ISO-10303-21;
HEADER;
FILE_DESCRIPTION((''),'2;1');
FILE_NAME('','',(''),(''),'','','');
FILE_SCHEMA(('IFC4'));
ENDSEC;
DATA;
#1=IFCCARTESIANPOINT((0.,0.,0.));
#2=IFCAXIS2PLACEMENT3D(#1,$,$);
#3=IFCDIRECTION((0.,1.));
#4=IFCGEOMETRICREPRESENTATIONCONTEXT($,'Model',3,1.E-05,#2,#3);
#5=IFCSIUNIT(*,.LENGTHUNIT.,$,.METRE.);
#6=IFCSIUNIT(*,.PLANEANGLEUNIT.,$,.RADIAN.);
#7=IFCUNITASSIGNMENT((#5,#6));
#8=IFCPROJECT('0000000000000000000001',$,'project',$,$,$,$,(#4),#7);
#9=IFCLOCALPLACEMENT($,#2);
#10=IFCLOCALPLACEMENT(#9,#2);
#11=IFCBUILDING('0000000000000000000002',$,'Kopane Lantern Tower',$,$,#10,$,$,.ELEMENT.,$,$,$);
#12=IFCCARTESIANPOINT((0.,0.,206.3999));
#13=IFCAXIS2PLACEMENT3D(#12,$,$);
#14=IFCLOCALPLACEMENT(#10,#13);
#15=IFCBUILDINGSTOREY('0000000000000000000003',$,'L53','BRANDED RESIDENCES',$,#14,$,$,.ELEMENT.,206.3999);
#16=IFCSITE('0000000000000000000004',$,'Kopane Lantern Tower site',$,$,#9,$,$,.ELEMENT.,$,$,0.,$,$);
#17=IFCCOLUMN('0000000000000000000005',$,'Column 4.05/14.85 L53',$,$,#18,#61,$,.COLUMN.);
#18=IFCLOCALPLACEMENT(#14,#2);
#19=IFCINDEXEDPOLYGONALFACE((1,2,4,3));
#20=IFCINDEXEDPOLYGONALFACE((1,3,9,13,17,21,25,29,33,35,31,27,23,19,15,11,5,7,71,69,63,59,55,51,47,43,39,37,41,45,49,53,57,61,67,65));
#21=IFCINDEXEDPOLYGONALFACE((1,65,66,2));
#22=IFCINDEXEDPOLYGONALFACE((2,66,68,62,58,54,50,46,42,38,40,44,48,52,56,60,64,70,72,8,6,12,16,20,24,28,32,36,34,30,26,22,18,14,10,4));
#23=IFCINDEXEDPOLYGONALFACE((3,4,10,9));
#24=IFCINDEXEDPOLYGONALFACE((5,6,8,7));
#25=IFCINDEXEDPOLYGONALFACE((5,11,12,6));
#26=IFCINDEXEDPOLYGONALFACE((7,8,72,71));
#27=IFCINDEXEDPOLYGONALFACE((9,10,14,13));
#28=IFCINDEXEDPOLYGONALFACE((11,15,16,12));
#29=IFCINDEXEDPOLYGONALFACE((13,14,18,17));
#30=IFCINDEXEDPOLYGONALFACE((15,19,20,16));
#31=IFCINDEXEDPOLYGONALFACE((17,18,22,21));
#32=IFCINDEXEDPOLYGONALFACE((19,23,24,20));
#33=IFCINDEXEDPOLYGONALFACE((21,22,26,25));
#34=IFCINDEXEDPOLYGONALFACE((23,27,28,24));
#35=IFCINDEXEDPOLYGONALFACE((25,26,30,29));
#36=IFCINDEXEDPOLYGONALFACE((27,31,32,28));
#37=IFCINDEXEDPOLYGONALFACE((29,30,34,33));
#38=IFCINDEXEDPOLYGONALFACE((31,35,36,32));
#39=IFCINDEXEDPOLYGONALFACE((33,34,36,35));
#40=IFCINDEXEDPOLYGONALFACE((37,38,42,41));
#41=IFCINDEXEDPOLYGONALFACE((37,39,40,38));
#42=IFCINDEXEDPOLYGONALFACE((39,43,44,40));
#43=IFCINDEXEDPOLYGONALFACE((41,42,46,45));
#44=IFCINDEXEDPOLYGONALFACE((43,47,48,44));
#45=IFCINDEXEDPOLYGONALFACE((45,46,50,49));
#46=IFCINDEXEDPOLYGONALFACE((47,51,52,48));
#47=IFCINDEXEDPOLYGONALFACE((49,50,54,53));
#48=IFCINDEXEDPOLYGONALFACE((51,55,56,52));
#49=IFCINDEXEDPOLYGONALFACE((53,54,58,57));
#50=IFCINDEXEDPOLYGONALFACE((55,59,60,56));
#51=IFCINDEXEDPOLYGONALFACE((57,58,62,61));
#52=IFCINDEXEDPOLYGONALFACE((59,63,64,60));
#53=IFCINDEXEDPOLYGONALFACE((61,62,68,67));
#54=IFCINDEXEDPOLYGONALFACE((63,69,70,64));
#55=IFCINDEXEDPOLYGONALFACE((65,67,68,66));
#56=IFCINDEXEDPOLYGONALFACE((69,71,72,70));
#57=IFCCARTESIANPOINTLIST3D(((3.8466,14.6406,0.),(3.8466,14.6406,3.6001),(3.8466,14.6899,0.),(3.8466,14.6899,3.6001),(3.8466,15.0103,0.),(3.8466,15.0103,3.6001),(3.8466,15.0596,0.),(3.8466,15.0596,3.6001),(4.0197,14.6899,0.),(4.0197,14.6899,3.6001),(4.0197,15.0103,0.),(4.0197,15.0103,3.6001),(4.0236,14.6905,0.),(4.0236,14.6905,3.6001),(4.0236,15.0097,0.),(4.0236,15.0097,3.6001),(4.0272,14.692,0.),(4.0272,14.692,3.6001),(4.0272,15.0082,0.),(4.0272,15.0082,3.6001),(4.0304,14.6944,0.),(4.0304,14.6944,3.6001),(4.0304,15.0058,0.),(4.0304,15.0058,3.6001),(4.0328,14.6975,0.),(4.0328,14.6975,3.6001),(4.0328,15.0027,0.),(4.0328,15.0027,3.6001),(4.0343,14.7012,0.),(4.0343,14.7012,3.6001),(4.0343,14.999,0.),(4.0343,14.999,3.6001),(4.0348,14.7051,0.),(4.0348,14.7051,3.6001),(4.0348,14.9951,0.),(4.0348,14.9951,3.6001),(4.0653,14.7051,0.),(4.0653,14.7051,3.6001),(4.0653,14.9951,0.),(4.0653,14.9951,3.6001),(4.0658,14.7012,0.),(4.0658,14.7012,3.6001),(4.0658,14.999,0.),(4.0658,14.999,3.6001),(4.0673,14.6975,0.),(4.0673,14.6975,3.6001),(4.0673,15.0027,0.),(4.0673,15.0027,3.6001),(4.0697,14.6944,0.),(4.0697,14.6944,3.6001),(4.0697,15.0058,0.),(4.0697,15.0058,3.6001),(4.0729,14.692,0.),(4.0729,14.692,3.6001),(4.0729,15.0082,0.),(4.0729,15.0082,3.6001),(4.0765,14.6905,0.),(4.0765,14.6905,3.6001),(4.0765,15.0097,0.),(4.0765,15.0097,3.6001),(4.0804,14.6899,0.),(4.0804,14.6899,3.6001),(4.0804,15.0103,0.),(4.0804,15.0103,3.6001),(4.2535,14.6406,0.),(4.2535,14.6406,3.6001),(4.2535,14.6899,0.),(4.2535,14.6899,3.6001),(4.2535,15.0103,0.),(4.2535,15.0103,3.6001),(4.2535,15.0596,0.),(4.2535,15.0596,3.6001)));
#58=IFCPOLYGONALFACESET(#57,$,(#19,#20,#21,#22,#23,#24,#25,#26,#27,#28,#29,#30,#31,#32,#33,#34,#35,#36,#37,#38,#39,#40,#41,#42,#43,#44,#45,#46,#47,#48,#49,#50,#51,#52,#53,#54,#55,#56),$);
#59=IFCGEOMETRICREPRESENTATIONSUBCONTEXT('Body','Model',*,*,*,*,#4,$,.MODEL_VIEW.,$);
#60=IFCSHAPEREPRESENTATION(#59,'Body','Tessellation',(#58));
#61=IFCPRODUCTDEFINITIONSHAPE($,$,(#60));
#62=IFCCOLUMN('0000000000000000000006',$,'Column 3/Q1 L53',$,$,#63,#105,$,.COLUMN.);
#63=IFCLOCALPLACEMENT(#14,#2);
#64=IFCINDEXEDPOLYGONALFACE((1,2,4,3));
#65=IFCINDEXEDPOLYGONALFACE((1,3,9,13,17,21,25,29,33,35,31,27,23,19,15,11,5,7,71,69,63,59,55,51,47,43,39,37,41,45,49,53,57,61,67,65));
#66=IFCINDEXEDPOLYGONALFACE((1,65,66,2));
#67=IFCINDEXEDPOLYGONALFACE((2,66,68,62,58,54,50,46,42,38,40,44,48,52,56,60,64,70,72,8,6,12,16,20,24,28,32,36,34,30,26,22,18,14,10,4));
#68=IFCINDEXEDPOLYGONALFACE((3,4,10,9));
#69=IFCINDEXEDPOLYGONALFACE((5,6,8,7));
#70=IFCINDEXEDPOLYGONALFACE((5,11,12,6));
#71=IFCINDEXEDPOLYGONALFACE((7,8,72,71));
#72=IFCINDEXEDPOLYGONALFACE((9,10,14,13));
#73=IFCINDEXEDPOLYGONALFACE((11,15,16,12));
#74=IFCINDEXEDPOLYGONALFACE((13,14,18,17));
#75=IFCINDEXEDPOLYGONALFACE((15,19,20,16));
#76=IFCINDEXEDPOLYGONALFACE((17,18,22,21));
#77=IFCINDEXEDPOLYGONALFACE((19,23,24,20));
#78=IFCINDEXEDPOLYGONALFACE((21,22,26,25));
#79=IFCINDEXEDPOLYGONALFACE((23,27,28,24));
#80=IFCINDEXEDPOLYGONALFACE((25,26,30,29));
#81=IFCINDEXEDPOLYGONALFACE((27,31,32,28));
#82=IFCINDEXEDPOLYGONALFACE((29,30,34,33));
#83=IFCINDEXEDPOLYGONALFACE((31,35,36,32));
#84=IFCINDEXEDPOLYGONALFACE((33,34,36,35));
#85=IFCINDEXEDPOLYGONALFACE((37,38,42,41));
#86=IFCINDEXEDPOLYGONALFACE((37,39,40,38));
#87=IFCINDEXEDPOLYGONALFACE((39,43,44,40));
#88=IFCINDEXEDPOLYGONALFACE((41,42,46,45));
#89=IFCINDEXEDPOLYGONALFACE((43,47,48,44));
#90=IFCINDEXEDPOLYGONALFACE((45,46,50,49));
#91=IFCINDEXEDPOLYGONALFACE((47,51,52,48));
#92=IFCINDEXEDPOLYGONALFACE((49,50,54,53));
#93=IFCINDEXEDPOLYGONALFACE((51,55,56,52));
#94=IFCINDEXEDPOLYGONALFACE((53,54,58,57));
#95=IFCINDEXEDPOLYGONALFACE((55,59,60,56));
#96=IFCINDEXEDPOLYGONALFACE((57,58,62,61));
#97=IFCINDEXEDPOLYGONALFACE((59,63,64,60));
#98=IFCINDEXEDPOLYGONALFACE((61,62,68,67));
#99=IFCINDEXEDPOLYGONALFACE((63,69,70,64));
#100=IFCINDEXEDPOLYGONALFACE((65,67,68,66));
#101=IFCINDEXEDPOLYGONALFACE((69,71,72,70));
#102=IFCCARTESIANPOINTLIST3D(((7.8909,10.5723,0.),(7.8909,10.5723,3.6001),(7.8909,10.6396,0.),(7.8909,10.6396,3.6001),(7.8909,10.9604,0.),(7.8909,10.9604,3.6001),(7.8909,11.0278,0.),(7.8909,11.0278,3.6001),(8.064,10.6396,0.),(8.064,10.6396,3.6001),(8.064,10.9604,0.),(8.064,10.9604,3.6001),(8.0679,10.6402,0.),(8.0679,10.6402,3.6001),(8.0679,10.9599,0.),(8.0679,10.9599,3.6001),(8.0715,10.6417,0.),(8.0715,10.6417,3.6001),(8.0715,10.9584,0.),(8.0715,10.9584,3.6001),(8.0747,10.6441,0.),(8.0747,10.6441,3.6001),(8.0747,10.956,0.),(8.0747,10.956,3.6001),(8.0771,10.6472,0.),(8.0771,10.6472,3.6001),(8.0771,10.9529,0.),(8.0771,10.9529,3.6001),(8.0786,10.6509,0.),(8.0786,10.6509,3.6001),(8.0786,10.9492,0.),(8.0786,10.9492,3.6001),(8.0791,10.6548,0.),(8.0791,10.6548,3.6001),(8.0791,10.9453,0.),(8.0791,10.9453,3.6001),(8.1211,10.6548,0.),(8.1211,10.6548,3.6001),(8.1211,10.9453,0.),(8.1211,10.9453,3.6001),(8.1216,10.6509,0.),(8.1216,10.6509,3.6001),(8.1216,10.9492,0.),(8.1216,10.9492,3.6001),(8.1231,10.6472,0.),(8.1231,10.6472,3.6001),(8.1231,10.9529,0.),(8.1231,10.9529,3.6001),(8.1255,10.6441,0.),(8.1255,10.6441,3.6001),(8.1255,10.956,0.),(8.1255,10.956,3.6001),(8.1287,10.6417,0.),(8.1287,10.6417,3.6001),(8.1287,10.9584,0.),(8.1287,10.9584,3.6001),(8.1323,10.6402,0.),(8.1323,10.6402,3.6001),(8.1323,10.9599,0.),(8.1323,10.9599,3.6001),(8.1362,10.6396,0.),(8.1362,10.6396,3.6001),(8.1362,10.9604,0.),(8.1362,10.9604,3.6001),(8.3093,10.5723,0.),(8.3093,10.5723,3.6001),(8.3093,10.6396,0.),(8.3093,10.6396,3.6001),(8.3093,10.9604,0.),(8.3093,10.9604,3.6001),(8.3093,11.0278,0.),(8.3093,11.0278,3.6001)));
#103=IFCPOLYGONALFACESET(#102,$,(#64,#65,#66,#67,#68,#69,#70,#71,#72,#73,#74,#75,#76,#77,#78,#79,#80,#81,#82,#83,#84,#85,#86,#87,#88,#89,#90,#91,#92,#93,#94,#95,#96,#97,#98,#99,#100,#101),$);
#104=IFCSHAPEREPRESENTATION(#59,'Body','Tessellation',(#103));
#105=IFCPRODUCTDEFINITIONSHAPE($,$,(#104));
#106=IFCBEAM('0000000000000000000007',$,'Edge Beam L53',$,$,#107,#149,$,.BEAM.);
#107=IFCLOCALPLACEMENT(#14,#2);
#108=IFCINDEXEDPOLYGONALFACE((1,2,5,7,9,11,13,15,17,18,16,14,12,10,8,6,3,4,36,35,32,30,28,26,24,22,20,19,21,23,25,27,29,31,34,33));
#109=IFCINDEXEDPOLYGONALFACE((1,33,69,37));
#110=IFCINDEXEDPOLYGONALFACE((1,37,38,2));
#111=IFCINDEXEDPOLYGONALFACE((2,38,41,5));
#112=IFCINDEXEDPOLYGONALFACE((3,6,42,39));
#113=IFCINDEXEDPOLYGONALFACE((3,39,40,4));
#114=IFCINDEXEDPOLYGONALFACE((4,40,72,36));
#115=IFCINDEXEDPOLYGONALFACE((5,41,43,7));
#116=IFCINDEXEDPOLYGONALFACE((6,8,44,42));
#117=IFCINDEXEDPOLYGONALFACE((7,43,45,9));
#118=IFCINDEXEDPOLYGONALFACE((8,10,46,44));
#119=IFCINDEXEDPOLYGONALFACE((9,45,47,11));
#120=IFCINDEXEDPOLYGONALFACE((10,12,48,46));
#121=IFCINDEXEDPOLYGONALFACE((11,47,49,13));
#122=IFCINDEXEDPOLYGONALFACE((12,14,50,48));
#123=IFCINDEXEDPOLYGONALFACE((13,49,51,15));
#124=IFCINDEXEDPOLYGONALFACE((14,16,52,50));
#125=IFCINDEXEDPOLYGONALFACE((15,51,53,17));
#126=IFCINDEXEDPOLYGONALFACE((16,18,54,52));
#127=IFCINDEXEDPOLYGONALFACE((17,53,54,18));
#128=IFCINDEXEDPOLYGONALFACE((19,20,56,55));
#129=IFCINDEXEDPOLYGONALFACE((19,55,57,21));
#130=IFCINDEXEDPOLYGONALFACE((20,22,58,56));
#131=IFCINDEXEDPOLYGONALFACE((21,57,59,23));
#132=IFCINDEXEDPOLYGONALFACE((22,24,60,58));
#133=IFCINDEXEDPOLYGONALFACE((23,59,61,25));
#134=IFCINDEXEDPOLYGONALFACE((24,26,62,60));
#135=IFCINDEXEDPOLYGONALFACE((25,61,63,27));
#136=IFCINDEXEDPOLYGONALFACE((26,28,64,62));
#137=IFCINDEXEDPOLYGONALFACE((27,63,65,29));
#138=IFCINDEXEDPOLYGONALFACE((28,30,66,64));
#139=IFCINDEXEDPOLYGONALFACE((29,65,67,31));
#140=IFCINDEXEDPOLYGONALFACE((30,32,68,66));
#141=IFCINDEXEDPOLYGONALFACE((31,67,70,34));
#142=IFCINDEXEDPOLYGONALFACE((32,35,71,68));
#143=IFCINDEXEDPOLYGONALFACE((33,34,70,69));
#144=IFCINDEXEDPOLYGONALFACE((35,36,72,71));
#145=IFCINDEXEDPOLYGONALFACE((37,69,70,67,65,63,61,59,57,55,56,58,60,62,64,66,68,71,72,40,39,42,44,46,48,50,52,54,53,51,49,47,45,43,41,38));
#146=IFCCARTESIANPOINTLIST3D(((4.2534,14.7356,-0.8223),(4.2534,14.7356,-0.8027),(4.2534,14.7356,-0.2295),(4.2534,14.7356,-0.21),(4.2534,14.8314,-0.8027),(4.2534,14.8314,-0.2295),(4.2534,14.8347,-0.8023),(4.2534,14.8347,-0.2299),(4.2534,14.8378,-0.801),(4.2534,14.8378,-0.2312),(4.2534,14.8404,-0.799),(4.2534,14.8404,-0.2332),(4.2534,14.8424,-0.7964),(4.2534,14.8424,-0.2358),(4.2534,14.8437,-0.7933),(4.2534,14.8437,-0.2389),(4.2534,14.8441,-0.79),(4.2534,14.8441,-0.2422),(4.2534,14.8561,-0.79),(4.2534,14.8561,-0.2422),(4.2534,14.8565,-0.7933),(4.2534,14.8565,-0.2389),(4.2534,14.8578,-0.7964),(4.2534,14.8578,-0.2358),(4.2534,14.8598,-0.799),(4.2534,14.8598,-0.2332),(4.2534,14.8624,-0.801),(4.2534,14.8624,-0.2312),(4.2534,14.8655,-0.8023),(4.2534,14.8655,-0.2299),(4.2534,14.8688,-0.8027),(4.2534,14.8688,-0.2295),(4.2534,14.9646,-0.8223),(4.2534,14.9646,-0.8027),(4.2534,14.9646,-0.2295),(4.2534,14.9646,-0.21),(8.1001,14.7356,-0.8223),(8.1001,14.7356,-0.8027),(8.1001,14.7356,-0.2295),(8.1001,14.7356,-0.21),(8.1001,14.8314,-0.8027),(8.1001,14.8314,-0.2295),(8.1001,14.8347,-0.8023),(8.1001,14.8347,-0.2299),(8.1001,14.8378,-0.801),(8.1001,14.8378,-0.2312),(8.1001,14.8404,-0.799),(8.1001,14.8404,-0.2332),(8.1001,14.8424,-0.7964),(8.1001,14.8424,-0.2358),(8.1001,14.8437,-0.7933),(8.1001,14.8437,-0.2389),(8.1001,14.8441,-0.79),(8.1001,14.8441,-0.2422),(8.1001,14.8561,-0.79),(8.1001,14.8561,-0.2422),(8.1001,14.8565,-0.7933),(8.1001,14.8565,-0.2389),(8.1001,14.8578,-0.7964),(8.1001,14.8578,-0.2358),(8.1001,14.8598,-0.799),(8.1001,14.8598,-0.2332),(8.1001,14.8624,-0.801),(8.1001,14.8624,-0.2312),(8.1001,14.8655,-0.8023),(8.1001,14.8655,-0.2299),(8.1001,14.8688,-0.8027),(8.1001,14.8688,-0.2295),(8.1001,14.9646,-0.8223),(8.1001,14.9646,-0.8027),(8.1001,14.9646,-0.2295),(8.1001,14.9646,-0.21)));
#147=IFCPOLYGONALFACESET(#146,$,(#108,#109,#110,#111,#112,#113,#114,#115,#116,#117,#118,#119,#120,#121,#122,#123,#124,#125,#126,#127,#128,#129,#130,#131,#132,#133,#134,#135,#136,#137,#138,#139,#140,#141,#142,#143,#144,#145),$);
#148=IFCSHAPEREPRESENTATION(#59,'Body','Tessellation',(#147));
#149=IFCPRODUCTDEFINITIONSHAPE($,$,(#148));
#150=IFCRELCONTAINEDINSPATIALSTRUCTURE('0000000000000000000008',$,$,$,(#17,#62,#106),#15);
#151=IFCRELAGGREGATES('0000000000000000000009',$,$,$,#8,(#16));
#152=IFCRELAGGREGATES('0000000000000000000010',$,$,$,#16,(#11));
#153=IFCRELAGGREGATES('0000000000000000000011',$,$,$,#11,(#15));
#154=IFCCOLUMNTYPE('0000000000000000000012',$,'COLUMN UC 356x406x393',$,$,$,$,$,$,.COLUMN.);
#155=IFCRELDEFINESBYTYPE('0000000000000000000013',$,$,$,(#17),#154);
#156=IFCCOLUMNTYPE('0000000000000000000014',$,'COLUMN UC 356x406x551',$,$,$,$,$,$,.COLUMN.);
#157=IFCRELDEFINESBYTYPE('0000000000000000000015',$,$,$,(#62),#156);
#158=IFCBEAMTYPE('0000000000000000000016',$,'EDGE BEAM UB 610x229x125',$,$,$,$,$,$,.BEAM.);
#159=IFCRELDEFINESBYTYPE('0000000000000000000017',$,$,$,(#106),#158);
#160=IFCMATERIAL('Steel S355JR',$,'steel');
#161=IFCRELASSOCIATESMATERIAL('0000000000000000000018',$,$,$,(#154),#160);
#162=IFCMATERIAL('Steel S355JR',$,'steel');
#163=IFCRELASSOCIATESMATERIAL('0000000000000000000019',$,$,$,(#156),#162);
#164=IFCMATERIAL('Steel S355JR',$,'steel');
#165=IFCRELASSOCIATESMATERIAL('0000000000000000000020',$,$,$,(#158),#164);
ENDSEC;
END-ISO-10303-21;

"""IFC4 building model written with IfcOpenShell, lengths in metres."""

from ifc_helpers import new_model, si_unit, direction, frame, origin, origin_2d, place, context, subcontext, project, spatial, i_section, extrude, material, material_profile, profile_set, type_object, element, save


model = new_model("IFC4")

# Units and contexts
model_context = context("Model", 3, precision=1e-05, world=origin(), true_north=direction((0.0, 1.0)))
body_context = subcontext(model_context, "Body", "Model", "MODEL_VIEW")
ifc_project = project(units=[si_unit("LENGTHUNIT", "METRE"), si_unit("PLANEANGLEUNIT", "RADIAN")], contexts=[model_context])

# Site, building, storey
site_placement = place(None, origin())
site = spatial("IfcSite", under=ifc_project, at=site_placement, Name="Kopane Lantern Tower site", CompositionType="ELEMENT", RefElevation=0.0)
building_placement = place(site_placement, origin())
building = spatial("IfcBuilding", under=site, at=building_placement, Name="Kopane Lantern Tower", CompositionType="ELEMENT")
storey_placement = place(building_placement, frame((0.0, 0.0, 206.3999)))
storey = spatial("IfcBuildingStorey", under=building, at=storey_placement, Name="L53", Description="BRANDED RESIDENCES", CompositionType="ELEMENT", Elevation=206.3999)

# Columns
ifc_material_1 = material(Name="Steel S355JR", Category="steel")
ifc_material_profile_1 = material_profile(ifc_material_1, i_section(OverallWidth=0.407, OverallDepth=0.4189, WebThickness=0.0305, FlangeThickness=0.0493, FilletRadius=0.0151, at=origin_2d()), Name="UC 356x406x393")
ifc_profile_set_1 = profile_set([ifc_material_profile_1], Name="Steel S355JR")
column_type_1 = type_object("IfcColumnType", Name="COLUMN UC 356x406x393", PredefinedType="COLUMN", material=ifc_profile_set_1)
column_1_placement = place(storey_placement, frame((4.05, 14.8501, 0.0), z_axis=(0.0, 0.0, 1.0), x_axis=(1.0, 0.0, 0.0)))
element("IfcColumn", 1, at=column_1_placement, inside=storey, type_object=column_type_1, Name="Column 4.05/14.85 L53", PredefinedType="COLUMN", context=body_context, shape_type="SweptSolid", body=[
    extrude(i_section(OverallWidth=0.407, OverallDepth=0.4189, WebThickness=0.0305, FlangeThickness=0.0493, FilletRadius=0.0151, at=origin_2d()), origin(), (0.0, 0.0, 1.0), 3.6001),
])
ifc_material_2 = material(Name="Steel S355JR", Category="steel")
ifc_material_profile_2 = material_profile(ifc_material_2, i_section(OverallWidth=0.4185, OverallDepth=0.4556, WebThickness=0.042, FlangeThickness=0.0674, FilletRadius=0.0151, at=origin_2d()), Name="UC 356x406x551")
ifc_profile_set_2 = profile_set([ifc_material_profile_2], Name="Steel S355JR")
column_type_2 = type_object("IfcColumnType", Name="COLUMN UC 356x406x551", PredefinedType="COLUMN", material=ifc_profile_set_2)
column_2_placement = place(storey_placement, frame((8.1001, 10.8, 0.0), z_axis=(0.0, 0.0, 1.0), x_axis=(1.0, 0.0, 0.0)))
element("IfcColumn", 2, at=column_2_placement, inside=storey, type_object=column_type_2, Name="Column 3/Q1 L53", PredefinedType="COLUMN", context=body_context, shape_type="SweptSolid", body=[
    extrude(i_section(OverallWidth=0.4185, OverallDepth=0.4556, WebThickness=0.042, FlangeThickness=0.0674, FilletRadius=0.0151, at=origin_2d()), origin(), (0.0, 0.0, 1.0), 3.6001),
])

# Beam
ifc_material_3 = material(Name="Steel S355JR", Category="steel")
ifc_material_profile_3 = material_profile(ifc_material_3, i_section(OverallWidth=0.229, OverallDepth=0.6123, WebThickness=0.012, FlangeThickness=0.0195, FilletRadius=0.0127, at=origin_2d()), Name="UB 610x229x125")
ifc_profile_set_3 = profile_set([ifc_material_profile_3], Name="Steel S355JR")
beam_type_1 = type_object("IfcBeamType", Name="EDGE BEAM UB 610x229x125", PredefinedType="BEAM", material=ifc_profile_set_3)
beam_placement = place(storey_placement, frame((4.2534, 14.8501, -0.5161), z_axis=(1.0, 0.0, 0.0), x_axis=(0.0, 1.0, 0.0)))
element("IfcBeam", 3, at=beam_placement, inside=storey, type_object=beam_type_1, Name="Edge Beam L53", PredefinedType="BEAM", context=body_context, shape_type="SweptSolid", body=[
    extrude(i_section(OverallWidth=0.229, OverallDepth=0.6123, WebThickness=0.012, FlangeThickness=0.0195, FilletRadius=0.0127, at=origin_2d()), origin(), (0.0, 0.0, 1.0), 3.8467),
])

save(model, "model.ifc")
